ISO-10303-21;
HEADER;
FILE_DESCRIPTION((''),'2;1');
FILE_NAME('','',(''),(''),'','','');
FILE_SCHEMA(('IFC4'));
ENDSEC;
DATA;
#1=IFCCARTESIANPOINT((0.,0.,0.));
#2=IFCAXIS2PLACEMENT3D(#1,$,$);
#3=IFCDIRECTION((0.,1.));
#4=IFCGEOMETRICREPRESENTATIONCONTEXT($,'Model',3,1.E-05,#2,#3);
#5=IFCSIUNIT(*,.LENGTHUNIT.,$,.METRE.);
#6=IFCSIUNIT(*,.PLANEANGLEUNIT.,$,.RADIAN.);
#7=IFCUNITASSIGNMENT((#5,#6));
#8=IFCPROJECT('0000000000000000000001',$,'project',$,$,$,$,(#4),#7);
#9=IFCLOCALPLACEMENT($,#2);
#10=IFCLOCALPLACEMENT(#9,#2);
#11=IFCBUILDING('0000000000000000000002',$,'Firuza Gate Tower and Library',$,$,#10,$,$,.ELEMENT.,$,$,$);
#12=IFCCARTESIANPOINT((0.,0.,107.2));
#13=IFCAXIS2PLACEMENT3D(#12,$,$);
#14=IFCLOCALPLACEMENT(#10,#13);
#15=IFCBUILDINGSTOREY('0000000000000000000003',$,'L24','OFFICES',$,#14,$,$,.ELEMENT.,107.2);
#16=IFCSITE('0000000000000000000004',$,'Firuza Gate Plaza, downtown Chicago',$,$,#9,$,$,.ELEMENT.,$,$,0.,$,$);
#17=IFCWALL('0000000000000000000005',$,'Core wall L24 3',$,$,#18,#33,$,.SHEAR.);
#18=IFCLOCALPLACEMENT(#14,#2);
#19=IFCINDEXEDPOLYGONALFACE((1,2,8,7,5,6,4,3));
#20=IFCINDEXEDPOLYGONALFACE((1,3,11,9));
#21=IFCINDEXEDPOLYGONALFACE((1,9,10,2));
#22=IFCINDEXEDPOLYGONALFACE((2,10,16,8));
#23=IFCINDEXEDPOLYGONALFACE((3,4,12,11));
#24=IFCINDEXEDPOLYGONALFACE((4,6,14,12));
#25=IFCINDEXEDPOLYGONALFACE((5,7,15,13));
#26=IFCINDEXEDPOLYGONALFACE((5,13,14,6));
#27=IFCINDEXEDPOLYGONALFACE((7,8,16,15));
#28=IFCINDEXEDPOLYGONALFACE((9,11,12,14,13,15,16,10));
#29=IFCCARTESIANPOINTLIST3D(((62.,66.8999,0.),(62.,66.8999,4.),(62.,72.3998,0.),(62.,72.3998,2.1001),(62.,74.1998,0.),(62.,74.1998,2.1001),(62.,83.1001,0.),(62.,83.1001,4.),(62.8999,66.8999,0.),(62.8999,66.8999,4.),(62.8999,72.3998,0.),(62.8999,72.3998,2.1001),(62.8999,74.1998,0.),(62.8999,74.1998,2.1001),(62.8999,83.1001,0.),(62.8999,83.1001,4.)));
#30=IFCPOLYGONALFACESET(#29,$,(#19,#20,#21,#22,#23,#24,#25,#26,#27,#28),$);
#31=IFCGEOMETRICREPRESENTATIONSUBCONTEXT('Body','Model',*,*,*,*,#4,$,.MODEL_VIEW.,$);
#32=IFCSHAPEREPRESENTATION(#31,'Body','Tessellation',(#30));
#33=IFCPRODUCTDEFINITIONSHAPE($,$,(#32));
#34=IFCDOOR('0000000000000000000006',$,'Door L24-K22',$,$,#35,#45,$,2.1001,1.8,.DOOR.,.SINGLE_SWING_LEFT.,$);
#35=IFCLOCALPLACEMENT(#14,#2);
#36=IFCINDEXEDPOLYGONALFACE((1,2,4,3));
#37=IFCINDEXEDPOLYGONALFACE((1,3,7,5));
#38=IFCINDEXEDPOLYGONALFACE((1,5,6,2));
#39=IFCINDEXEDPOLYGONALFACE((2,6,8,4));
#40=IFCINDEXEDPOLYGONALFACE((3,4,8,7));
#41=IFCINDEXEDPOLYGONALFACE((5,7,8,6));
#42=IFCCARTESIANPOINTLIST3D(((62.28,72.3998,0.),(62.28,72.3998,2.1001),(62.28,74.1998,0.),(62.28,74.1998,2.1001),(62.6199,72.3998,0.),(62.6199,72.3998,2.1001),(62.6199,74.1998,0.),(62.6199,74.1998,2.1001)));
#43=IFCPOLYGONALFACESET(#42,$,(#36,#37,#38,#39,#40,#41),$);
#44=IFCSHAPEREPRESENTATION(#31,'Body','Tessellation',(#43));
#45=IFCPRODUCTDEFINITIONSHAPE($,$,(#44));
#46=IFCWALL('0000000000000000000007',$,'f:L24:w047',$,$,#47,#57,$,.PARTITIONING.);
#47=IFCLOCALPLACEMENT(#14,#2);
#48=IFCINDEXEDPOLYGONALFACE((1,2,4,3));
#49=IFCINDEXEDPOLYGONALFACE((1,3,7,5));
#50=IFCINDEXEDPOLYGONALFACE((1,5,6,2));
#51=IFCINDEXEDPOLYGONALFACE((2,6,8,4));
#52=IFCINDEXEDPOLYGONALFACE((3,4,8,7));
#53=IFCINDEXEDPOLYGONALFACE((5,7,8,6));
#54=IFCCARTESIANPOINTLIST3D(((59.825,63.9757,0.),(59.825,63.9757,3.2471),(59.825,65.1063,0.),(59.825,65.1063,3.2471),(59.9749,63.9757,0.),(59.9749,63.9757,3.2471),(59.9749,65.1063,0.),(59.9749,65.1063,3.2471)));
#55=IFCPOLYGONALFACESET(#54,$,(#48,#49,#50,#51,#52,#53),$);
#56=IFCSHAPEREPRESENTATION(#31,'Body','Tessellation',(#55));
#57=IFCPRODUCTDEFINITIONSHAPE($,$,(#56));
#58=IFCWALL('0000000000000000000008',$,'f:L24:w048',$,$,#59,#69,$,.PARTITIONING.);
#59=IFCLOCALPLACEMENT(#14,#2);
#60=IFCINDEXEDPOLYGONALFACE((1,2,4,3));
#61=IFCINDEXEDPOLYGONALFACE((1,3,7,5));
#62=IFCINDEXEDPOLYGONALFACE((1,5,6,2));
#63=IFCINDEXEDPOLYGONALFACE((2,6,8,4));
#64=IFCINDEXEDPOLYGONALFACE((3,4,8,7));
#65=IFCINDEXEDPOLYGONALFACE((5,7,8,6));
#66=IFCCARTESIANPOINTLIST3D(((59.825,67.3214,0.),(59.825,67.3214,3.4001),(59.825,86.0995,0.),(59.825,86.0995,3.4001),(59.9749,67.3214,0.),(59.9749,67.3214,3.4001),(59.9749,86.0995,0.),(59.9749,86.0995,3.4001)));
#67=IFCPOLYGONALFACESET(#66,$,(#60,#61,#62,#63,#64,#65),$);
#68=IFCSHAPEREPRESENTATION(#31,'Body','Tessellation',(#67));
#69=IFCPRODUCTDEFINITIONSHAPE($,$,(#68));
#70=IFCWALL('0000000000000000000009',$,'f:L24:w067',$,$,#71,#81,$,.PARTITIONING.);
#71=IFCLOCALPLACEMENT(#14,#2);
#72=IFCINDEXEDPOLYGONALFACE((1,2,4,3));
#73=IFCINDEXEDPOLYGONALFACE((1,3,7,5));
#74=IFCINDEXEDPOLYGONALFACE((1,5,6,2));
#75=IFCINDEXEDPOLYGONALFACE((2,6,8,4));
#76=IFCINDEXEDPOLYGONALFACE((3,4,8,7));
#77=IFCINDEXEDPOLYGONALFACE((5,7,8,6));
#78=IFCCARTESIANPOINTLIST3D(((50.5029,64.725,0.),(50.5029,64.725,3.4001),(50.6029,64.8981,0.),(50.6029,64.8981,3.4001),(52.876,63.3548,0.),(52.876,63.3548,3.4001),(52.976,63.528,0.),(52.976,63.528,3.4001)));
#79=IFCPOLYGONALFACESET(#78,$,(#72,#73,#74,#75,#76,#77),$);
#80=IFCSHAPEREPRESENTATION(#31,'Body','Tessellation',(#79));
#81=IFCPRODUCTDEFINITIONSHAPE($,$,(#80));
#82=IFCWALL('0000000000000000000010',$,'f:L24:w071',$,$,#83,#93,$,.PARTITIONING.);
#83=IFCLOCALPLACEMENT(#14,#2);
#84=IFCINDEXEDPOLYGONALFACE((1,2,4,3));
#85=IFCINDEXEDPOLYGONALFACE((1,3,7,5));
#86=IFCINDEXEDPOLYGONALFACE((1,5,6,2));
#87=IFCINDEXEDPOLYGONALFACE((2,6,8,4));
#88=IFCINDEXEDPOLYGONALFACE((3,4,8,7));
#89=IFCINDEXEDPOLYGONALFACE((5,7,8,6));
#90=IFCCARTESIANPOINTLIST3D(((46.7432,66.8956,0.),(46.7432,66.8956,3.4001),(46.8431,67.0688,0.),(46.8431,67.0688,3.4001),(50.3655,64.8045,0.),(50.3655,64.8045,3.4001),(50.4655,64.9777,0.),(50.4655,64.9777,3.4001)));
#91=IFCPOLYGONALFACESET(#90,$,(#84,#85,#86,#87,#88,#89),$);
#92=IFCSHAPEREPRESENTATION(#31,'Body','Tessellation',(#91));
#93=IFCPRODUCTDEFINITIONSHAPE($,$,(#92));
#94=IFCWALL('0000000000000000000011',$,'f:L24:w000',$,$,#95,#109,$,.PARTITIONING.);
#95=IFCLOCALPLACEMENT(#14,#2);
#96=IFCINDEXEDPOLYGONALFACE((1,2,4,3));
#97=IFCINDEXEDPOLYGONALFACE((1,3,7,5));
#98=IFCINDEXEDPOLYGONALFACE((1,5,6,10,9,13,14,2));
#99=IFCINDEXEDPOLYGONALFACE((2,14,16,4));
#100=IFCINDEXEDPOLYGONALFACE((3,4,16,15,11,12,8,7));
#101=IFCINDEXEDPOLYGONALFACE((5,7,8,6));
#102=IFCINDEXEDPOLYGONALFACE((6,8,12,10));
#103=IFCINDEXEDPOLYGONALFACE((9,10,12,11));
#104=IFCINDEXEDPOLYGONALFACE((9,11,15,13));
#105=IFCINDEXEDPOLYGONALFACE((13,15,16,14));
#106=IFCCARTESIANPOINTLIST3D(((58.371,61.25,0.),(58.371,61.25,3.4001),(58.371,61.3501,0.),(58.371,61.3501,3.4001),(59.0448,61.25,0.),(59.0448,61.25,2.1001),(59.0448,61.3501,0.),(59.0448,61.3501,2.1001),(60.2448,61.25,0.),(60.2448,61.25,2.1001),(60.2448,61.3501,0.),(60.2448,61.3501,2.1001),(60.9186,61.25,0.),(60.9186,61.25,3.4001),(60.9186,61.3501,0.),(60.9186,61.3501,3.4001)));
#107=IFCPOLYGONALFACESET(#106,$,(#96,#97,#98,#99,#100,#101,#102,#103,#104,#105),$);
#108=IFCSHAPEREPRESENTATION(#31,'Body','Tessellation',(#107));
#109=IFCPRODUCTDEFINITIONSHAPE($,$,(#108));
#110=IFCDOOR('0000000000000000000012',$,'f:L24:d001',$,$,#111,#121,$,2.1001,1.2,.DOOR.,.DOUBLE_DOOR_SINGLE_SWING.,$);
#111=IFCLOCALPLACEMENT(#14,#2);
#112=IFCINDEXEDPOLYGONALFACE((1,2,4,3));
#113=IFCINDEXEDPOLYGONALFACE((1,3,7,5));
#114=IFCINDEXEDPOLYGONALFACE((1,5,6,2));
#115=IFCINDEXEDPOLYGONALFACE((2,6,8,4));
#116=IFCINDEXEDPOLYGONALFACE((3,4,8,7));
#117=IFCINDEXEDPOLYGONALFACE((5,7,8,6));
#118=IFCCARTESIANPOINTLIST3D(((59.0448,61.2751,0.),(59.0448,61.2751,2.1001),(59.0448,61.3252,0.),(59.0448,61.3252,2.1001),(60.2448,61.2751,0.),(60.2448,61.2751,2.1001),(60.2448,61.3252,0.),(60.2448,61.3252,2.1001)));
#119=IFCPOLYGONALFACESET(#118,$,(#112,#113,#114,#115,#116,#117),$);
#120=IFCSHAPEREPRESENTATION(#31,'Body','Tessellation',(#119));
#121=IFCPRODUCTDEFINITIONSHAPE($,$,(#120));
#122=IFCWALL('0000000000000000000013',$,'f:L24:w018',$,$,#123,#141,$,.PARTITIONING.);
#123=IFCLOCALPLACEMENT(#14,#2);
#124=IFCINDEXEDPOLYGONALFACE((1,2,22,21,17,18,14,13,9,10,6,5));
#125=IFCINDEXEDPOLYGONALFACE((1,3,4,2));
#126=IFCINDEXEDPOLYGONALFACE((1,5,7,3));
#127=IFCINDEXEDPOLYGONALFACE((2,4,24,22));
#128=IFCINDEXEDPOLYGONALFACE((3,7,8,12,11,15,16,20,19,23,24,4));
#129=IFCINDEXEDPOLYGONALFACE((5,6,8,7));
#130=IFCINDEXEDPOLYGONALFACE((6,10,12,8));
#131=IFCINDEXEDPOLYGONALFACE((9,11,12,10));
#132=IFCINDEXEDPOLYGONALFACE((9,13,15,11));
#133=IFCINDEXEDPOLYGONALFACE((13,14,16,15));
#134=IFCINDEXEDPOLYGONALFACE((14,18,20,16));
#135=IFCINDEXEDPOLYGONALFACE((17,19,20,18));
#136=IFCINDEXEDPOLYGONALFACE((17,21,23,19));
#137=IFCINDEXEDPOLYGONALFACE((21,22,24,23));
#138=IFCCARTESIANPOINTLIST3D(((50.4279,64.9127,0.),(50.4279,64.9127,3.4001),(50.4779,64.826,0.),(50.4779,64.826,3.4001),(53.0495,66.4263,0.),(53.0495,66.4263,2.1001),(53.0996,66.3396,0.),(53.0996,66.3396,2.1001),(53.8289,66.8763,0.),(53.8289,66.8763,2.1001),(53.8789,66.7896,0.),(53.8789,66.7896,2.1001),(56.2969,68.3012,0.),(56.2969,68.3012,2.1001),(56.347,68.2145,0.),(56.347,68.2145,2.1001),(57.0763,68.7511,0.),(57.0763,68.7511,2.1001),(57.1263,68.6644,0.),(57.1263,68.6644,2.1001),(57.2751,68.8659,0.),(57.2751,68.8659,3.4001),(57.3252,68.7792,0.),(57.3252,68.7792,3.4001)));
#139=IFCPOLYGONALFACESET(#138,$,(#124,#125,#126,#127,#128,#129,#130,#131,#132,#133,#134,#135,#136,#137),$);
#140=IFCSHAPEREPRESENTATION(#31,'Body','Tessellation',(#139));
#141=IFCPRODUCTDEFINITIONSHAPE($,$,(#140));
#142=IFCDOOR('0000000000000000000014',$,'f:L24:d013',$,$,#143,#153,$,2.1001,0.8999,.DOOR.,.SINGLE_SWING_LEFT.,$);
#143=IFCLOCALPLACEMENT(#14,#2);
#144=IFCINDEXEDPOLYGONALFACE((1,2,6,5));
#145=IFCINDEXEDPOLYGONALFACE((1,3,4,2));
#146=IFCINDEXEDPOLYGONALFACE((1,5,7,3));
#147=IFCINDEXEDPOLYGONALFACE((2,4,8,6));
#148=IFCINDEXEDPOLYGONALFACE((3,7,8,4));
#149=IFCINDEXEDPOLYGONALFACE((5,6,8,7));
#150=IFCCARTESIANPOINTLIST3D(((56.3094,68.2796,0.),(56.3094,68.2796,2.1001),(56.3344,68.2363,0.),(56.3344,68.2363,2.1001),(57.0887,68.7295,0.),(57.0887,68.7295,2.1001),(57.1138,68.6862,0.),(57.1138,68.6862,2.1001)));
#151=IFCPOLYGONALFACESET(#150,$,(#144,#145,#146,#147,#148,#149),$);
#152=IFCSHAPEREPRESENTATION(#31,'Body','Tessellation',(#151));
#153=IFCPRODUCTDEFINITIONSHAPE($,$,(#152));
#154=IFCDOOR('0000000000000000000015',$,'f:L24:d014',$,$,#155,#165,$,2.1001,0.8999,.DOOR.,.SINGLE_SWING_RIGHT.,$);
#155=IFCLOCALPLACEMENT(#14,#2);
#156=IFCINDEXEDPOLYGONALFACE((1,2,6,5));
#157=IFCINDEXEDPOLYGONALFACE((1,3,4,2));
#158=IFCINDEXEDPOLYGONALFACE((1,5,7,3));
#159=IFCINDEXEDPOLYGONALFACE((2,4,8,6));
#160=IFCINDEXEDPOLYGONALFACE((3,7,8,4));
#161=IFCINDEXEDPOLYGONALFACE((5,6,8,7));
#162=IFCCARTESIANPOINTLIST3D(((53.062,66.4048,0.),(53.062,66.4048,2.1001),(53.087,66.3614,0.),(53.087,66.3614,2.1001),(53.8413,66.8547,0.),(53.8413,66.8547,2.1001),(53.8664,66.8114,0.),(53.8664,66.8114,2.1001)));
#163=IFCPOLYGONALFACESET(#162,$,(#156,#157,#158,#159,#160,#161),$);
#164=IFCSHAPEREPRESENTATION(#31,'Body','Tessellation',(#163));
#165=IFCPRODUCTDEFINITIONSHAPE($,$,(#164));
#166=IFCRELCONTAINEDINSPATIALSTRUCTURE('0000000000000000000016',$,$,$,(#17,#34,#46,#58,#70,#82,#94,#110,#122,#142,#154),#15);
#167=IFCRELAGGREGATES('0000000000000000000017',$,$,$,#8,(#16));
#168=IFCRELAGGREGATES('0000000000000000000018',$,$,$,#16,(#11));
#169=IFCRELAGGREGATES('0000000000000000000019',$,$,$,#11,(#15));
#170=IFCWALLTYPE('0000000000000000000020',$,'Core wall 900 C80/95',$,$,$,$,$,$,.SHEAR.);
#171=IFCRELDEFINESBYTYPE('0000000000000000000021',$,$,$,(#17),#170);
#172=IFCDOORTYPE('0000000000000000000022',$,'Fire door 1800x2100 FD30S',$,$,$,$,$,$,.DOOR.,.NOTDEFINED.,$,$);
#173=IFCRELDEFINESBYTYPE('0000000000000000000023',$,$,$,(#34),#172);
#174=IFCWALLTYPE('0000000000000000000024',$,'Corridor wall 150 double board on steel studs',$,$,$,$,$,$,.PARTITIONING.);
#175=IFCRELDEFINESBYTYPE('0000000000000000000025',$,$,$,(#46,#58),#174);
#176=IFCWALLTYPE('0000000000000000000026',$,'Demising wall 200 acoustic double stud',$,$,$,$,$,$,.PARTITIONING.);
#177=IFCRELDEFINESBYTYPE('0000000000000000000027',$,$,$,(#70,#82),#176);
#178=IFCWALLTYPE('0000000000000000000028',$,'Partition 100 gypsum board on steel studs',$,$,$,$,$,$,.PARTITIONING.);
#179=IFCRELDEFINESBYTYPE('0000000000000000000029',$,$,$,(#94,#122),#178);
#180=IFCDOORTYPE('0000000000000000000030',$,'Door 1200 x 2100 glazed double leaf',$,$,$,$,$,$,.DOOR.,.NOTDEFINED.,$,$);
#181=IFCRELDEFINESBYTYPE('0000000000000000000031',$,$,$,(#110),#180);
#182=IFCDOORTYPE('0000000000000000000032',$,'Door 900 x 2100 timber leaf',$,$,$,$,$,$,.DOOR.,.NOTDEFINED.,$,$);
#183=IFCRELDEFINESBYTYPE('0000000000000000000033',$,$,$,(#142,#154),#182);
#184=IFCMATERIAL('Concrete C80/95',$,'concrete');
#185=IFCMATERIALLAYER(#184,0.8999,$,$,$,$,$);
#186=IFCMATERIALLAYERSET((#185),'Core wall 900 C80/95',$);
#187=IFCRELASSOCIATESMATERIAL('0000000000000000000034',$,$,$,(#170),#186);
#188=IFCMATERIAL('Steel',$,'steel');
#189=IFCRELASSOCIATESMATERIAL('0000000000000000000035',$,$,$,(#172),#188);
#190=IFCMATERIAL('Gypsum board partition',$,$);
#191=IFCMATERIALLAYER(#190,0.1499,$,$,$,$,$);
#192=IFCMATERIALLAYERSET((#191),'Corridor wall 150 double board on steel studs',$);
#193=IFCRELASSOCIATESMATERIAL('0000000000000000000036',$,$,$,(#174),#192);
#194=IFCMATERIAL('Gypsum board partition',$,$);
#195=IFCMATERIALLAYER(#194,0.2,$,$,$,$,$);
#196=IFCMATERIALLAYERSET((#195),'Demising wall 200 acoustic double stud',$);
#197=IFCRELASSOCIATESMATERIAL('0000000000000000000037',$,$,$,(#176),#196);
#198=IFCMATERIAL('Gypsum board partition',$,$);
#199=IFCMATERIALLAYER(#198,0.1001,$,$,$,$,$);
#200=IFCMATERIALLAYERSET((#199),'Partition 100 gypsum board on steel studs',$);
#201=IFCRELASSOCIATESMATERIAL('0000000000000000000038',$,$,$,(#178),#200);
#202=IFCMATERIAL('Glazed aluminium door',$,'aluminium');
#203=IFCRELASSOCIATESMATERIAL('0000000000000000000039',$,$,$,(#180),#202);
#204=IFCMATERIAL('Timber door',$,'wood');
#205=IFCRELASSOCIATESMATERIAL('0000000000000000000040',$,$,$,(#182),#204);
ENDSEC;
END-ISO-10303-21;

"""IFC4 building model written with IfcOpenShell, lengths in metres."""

from ifc_helpers import new_model, si_unit, direction, frame, frame_2d, origin, place, context, subcontext, project, spatial, rectangle, extrude, material, layer, layer_set, type_object, element, fill, save


model = new_model("IFC4")

# Units and contexts
model_context = context("Model", 3, precision=1e-05, world=origin(), true_north=direction((0.0, 1.0)))
body_context = subcontext(model_context, "Body", "Model", "MODEL_VIEW")
ifc_project = project(units=[si_unit("LENGTHUNIT", "METRE"), si_unit("PLANEANGLEUNIT", "RADIAN")], contexts=[model_context])

# Site, building, storey
site_placement = place(None, origin())
site = spatial("IfcSite", under=ifc_project, at=site_placement, Name="Firuza Gate Plaza, downtown Chicago", CompositionType="ELEMENT", RefElevation=0.0)
building_placement = place(site_placement, origin())
building = spatial("IfcBuilding", under=site, at=building_placement, Name="Firuza Gate Tower and Library", CompositionType="ELEMENT")
storey_placement = place(building_placement, frame((0.0, 0.0, 107.2)))
storey = spatial("IfcBuildingStorey", under=building, at=storey_placement, Name="L24", Description="OFFICES", CompositionType="ELEMENT", Elevation=107.2)

# Shared definitions
ifc_material_1 = material(Name="Concrete C80/95", Category="concrete")
ifc_layer_1 = layer(ifc_material_1, 0.8999)
ifc_layer_set_1 = layer_set([ifc_layer_1], Name="Core wall 900 C80/95")
wall_type_1 = type_object("IfcWallType", Name="Core wall 900 C80/95", PredefinedType="SHEAR", material=ifc_layer_set_1)

# Wall, opening, door
wall_1_placement = place(storey_placement, frame((62.45, 66.8999, 0.0), z_axis=(0.0, 0.0, 1.0), x_axis=(0.0, 1.0, 0.0)))
wall_1 = element("IfcWall", 1, at=wall_1_placement, inside=storey, type_object=wall_type_1, Name="Core wall L24 3", PredefinedType="SHEAR", context=body_context, shape_type="SweptSolid", body=[
    extrude(rectangle(XDim=16.2002, YDim=0.8999, at=frame_2d((8.1001, 0.0))), origin(), (0.0, 0.0, 1.0), 4.0),
])
opening_1_placement = place(wall_1_placement, frame((5.5, 0.0, 0.0)))
opening_1 = element("IfcOpeningElement", 2, at=opening_1_placement, cuts=wall_1, PredefinedType="OPENING", context=body_context, shape_type="SweptSolid", body=[
    extrude(rectangle(XDim=1.8, YDim=2.1001, at=frame_2d((0.8999, 1.05))), frame((0.0, 0.46, 0.0), z_axis=(0.0, -1.0, 0.0), x_axis=(1.0, 0.0, 0.0)), (0.0, 0.0, 1.0), 0.9199),
])
ifc_material_2 = material(Name="Steel", Category="steel")
door_type_1 = type_object("IfcDoorType", Name="Fire door 1800x2100 FD30S", OperationType="NOTDEFINED", PredefinedType="DOOR", material=ifc_material_2)
door_1_placement = place(opening_1_placement, origin())
door_1 = element("IfcDoor", 3, at=door_1_placement, inside=storey, type_object=door_type_1, Name="Door L24-K22", OperationType="SINGLE_SWING_LEFT", OverallHeight=2.1001, OverallWidth=1.8, PredefinedType="DOOR", context=body_context, shape_type="SweptSolid", body=[
    extrude(rectangle(XDim=1.8, YDim=2.1001, at=frame_2d((0.8999, 1.05))), frame((0.0, 0.1699, 0.0), z_axis=(0.0, -1.0, 0.0), x_axis=(1.0, 0.0, 0.0)), (0.0, 0.0, 1.0), 0.3398),
])
fill(opening_1, door_1)

# Walls
ifc_material_3 = material(Name="Gypsum board partition")
ifc_layer_2 = layer(ifc_material_3, 0.1499)
ifc_layer_set_2 = layer_set([ifc_layer_2], Name="Corridor wall 150 double board on steel studs")
wall_type_2 = type_object("IfcWallType", Name="Corridor wall 150 double board on steel studs", PredefinedType="PARTITIONING", material=ifc_layer_set_2)
wall_2_placement = place(storey_placement, frame((59.8999, 63.9756, 0.0), z_axis=(0.0, 0.0, 1.0), x_axis=(0.0, 1.0, 0.0)))
element("IfcWall", 4, at=wall_2_placement, inside=storey, type_object=wall_type_2, Name="f:L24:w047", PredefinedType="PARTITIONING", context=body_context, shape_type="SweptSolid", body=[
    extrude(rectangle(XDim=1.1306, YDim=0.1499, at=frame_2d((0.5654, 0.0))), origin(), (0.0, 0.0, 1.0), 3.2471),
])
wall_3_placement = place(storey_placement, frame((59.8999, 67.3213, 0.0), z_axis=(0.0, 0.0, 1.0), x_axis=(0.0, 1.0, 0.0)))
element("IfcWall", 5, at=wall_3_placement, inside=storey, type_object=wall_type_2, Name="f:L24:w048", PredefinedType="PARTITIONING", context=body_context, shape_type="SweptSolid", body=[
    extrude(rectangle(XDim=18.7781, YDim=0.1499, at=frame_2d((9.3892, 0.0))), origin(), (0.0, 0.0, 1.0), 3.4001),
])
ifc_material_4 = material(Name="Gypsum board partition")
ifc_layer_3 = layer(ifc_material_4, 0.2)
ifc_layer_set_3 = layer_set([ifc_layer_3], Name="Demising wall 200 acoustic double stud")
wall_type_3 = type_object("IfcWallType", Name="Demising wall 200 acoustic double stud", PredefinedType="PARTITIONING", material=ifc_layer_set_3)
wall_4_placement = place(storey_placement, frame((52.926, 63.4414, 0.0), z_axis=(0.0, 0.0, 1.0), x_axis=(-0.866019, 0.50001, 0.0)))
element("IfcWall", 6, at=wall_4_placement, inside=storey, type_object=wall_type_3, Name="f:L24:w067", PredefinedType="PARTITIONING", context=body_context, shape_type="SweptSolid", body=[
    extrude(rectangle(XDim=2.7402, YDim=0.2, at=frame_2d((1.3701, 0.0))), origin(), (0.0, 0.0, 1.0), 3.4001),
])
wall_5_placement = place(storey_placement, frame((50.4155, 64.8911, 0.0), z_axis=(0.0, 0.0, 1.0), x_axis=(-0.866054, 0.49995, 0.0)))
element("IfcWall", 7, at=wall_5_placement, inside=storey, type_object=wall_type_3, Name="f:L24:w071", PredefinedType="PARTITIONING", context=body_context, shape_type="SweptSolid", body=[
    extrude(rectangle(XDim=4.1826, YDim=0.2, at=frame_2d((2.0913, 0.0))), origin(), (0.0, 0.0, 1.0), 3.4001),
])

# Wall, opening, door
ifc_material_5 = material(Name="Gypsum board partition")
ifc_layer_4 = layer(ifc_material_5, 0.1001)
ifc_layer_set_4 = layer_set([ifc_layer_4], Name="Partition 100 gypsum board on steel studs")
wall_type_4 = type_object("IfcWallType", Name="Partition 100 gypsum board on steel studs", PredefinedType="PARTITIONING", material=ifc_layer_set_4)
wall_6_placement = place(storey_placement, frame((60.9187, 61.3, 0.0), z_axis=(0.0, 0.0, 1.0), x_axis=(-1.0, 0.0, 0.0)))
wall_6 = element("IfcWall", 8, at=wall_6_placement, inside=storey, type_object=wall_type_4, Name="f:L24:w000", PredefinedType="PARTITIONING", context=body_context, shape_type="SweptSolid", body=[
    extrude(rectangle(XDim=2.5476, YDim=0.1001, at=frame_2d((1.2739, 0.0))), origin(), (0.0, 0.0, 1.0), 3.4001),
])
opening_2_placement = place(wall_6_placement, frame((0.6738, 0.0, 0.0)))
opening_2 = element("IfcOpeningElement", 9, at=opening_2_placement, cuts=wall_6, PredefinedType="OPENING", context=body_context, shape_type="SweptSolid", body=[
    extrude(rectangle(XDim=1.2, YDim=2.1001, at=frame_2d((0.6001, 1.05))), frame((0.0, 0.0601, 0.0), z_axis=(0.0, -1.0, 0.0), x_axis=(1.0, 0.0, 0.0)), (0.0, 0.0, 1.0), 0.1201),
])
ifc_material_6 = material(Name="Glazed aluminium door", Category="aluminium")
door_type_2 = type_object("IfcDoorType", Name="Door 1200 x 2100 glazed double leaf", OperationType="NOTDEFINED", PredefinedType="DOOR", material=ifc_material_6)
door_2_placement = place(opening_2_placement, origin())
door_2 = element("IfcDoor", 10, at=door_2_placement, inside=storey, type_object=door_type_2, Name="f:L24:d001", OperationType="DOUBLE_DOOR_SINGLE_SWING", OverallHeight=2.1001, OverallWidth=1.2, PredefinedType="DOOR", context=body_context, shape_type="SweptSolid", body=[
    extrude(rectangle(XDim=1.2, YDim=2.1001, at=frame_2d((0.6001, 1.05))), frame((0.0, 0.0249, 0.0), z_axis=(0.0, -1.0, 0.0), x_axis=(1.0, 0.0, 0.0)), (0.0, 0.0, 1.0), 0.05),
])
fill(opening_2, door_2)

# Wall, openings, doors
wall_7_placement = place(storey_placement, frame((57.3, 68.8225, 0.0), z_axis=(0.0, 0.0, 1.0), x_axis=(-0.86603, -0.499992, 0.0)))
wall_7 = element("IfcWall", 11, at=wall_7_placement, inside=storey, type_object=wall_type_4, Name="f:L24:w018", PredefinedType="PARTITIONING", context=body_context, shape_type="SweptSolid", body=[
    extrude(rectangle(XDim=7.9065, YDim=0.1001, at=frame_2d((3.9531, 0.0))), origin(), (0.0, 0.0, 1.0), 3.4001),
])
opening_3_placement = place(wall_7_placement, frame((0.2295, 0.0, 0.0)))
opening_3 = element("IfcOpeningElement", 12, at=opening_3_placement, cuts=wall_7, PredefinedType="OPENING", context=body_context, shape_type="SweptSolid", body=[
    extrude(rectangle(XDim=0.8999, YDim=2.1001, at=frame_2d((0.45, 1.05))), frame((0.0, 0.0601, 0.0), z_axis=(0.0, -1.0, 0.0), x_axis=(1.0, 0.0, 0.0)), (0.0, 0.0, 1.0), 0.1201),
])
opening_4_placement = place(wall_7_placement, frame((3.9792, 0.0, 0.0)))
opening_4 = element("IfcOpeningElement", 13, at=opening_4_placement, cuts=wall_7, PredefinedType="OPENING", context=body_context, shape_type="SweptSolid", body=[
    extrude(rectangle(XDim=0.8999, YDim=2.1001, at=frame_2d((0.45, 1.05))), frame((0.0, 0.0601, 0.0), z_axis=(0.0, -1.0, 0.0), x_axis=(1.0, 0.0, 0.0)), (0.0, 0.0, 1.0), 0.1201),
])
ifc_material_7 = material(Name="Timber door", Category="wood")
door_type_3 = type_object("IfcDoorType", Name="Door 900 x 2100 timber leaf", OperationType="NOTDEFINED", PredefinedType="DOOR", material=ifc_material_7)
door_3_placement = place(opening_3_placement, origin())
door_3 = element("IfcDoor", 14, at=door_3_placement, inside=storey, type_object=door_type_3, Name="f:L24:d013", OperationType="SINGLE_SWING_LEFT", OverallHeight=2.1001, OverallWidth=0.8999, PredefinedType="DOOR", context=body_context, shape_type="SweptSolid", body=[
    extrude(rectangle(XDim=0.8999, YDim=2.1001, at=frame_2d((0.45, 1.05))), frame((0.0, 0.0249, 0.0), z_axis=(0.0, -1.0, 0.0), x_axis=(1.0, 0.0, 0.0)), (0.0, 0.0, 1.0), 0.05),
])
fill(opening_3, door_3)
door_4_placement = place(opening_4_placement, origin())
door_4 = element("IfcDoor", 15, at=door_4_placement, inside=storey, type_object=door_type_3, Name="f:L24:d014", OperationType="SINGLE_SWING_RIGHT", OverallHeight=2.1001, OverallWidth=0.8999, PredefinedType="DOOR", context=body_context, shape_type="SweptSolid", body=[
    extrude(rectangle(XDim=0.8999, YDim=2.1001, at=frame_2d((0.45, 1.05))), frame((0.0, 0.0249, 0.0), z_axis=(0.0, -1.0, 0.0), x_axis=(1.0, 0.0, 0.0)), (0.0, 0.0, 1.0), 0.05),
])
fill(opening_4, door_4)

save(model, "model.ifc")
